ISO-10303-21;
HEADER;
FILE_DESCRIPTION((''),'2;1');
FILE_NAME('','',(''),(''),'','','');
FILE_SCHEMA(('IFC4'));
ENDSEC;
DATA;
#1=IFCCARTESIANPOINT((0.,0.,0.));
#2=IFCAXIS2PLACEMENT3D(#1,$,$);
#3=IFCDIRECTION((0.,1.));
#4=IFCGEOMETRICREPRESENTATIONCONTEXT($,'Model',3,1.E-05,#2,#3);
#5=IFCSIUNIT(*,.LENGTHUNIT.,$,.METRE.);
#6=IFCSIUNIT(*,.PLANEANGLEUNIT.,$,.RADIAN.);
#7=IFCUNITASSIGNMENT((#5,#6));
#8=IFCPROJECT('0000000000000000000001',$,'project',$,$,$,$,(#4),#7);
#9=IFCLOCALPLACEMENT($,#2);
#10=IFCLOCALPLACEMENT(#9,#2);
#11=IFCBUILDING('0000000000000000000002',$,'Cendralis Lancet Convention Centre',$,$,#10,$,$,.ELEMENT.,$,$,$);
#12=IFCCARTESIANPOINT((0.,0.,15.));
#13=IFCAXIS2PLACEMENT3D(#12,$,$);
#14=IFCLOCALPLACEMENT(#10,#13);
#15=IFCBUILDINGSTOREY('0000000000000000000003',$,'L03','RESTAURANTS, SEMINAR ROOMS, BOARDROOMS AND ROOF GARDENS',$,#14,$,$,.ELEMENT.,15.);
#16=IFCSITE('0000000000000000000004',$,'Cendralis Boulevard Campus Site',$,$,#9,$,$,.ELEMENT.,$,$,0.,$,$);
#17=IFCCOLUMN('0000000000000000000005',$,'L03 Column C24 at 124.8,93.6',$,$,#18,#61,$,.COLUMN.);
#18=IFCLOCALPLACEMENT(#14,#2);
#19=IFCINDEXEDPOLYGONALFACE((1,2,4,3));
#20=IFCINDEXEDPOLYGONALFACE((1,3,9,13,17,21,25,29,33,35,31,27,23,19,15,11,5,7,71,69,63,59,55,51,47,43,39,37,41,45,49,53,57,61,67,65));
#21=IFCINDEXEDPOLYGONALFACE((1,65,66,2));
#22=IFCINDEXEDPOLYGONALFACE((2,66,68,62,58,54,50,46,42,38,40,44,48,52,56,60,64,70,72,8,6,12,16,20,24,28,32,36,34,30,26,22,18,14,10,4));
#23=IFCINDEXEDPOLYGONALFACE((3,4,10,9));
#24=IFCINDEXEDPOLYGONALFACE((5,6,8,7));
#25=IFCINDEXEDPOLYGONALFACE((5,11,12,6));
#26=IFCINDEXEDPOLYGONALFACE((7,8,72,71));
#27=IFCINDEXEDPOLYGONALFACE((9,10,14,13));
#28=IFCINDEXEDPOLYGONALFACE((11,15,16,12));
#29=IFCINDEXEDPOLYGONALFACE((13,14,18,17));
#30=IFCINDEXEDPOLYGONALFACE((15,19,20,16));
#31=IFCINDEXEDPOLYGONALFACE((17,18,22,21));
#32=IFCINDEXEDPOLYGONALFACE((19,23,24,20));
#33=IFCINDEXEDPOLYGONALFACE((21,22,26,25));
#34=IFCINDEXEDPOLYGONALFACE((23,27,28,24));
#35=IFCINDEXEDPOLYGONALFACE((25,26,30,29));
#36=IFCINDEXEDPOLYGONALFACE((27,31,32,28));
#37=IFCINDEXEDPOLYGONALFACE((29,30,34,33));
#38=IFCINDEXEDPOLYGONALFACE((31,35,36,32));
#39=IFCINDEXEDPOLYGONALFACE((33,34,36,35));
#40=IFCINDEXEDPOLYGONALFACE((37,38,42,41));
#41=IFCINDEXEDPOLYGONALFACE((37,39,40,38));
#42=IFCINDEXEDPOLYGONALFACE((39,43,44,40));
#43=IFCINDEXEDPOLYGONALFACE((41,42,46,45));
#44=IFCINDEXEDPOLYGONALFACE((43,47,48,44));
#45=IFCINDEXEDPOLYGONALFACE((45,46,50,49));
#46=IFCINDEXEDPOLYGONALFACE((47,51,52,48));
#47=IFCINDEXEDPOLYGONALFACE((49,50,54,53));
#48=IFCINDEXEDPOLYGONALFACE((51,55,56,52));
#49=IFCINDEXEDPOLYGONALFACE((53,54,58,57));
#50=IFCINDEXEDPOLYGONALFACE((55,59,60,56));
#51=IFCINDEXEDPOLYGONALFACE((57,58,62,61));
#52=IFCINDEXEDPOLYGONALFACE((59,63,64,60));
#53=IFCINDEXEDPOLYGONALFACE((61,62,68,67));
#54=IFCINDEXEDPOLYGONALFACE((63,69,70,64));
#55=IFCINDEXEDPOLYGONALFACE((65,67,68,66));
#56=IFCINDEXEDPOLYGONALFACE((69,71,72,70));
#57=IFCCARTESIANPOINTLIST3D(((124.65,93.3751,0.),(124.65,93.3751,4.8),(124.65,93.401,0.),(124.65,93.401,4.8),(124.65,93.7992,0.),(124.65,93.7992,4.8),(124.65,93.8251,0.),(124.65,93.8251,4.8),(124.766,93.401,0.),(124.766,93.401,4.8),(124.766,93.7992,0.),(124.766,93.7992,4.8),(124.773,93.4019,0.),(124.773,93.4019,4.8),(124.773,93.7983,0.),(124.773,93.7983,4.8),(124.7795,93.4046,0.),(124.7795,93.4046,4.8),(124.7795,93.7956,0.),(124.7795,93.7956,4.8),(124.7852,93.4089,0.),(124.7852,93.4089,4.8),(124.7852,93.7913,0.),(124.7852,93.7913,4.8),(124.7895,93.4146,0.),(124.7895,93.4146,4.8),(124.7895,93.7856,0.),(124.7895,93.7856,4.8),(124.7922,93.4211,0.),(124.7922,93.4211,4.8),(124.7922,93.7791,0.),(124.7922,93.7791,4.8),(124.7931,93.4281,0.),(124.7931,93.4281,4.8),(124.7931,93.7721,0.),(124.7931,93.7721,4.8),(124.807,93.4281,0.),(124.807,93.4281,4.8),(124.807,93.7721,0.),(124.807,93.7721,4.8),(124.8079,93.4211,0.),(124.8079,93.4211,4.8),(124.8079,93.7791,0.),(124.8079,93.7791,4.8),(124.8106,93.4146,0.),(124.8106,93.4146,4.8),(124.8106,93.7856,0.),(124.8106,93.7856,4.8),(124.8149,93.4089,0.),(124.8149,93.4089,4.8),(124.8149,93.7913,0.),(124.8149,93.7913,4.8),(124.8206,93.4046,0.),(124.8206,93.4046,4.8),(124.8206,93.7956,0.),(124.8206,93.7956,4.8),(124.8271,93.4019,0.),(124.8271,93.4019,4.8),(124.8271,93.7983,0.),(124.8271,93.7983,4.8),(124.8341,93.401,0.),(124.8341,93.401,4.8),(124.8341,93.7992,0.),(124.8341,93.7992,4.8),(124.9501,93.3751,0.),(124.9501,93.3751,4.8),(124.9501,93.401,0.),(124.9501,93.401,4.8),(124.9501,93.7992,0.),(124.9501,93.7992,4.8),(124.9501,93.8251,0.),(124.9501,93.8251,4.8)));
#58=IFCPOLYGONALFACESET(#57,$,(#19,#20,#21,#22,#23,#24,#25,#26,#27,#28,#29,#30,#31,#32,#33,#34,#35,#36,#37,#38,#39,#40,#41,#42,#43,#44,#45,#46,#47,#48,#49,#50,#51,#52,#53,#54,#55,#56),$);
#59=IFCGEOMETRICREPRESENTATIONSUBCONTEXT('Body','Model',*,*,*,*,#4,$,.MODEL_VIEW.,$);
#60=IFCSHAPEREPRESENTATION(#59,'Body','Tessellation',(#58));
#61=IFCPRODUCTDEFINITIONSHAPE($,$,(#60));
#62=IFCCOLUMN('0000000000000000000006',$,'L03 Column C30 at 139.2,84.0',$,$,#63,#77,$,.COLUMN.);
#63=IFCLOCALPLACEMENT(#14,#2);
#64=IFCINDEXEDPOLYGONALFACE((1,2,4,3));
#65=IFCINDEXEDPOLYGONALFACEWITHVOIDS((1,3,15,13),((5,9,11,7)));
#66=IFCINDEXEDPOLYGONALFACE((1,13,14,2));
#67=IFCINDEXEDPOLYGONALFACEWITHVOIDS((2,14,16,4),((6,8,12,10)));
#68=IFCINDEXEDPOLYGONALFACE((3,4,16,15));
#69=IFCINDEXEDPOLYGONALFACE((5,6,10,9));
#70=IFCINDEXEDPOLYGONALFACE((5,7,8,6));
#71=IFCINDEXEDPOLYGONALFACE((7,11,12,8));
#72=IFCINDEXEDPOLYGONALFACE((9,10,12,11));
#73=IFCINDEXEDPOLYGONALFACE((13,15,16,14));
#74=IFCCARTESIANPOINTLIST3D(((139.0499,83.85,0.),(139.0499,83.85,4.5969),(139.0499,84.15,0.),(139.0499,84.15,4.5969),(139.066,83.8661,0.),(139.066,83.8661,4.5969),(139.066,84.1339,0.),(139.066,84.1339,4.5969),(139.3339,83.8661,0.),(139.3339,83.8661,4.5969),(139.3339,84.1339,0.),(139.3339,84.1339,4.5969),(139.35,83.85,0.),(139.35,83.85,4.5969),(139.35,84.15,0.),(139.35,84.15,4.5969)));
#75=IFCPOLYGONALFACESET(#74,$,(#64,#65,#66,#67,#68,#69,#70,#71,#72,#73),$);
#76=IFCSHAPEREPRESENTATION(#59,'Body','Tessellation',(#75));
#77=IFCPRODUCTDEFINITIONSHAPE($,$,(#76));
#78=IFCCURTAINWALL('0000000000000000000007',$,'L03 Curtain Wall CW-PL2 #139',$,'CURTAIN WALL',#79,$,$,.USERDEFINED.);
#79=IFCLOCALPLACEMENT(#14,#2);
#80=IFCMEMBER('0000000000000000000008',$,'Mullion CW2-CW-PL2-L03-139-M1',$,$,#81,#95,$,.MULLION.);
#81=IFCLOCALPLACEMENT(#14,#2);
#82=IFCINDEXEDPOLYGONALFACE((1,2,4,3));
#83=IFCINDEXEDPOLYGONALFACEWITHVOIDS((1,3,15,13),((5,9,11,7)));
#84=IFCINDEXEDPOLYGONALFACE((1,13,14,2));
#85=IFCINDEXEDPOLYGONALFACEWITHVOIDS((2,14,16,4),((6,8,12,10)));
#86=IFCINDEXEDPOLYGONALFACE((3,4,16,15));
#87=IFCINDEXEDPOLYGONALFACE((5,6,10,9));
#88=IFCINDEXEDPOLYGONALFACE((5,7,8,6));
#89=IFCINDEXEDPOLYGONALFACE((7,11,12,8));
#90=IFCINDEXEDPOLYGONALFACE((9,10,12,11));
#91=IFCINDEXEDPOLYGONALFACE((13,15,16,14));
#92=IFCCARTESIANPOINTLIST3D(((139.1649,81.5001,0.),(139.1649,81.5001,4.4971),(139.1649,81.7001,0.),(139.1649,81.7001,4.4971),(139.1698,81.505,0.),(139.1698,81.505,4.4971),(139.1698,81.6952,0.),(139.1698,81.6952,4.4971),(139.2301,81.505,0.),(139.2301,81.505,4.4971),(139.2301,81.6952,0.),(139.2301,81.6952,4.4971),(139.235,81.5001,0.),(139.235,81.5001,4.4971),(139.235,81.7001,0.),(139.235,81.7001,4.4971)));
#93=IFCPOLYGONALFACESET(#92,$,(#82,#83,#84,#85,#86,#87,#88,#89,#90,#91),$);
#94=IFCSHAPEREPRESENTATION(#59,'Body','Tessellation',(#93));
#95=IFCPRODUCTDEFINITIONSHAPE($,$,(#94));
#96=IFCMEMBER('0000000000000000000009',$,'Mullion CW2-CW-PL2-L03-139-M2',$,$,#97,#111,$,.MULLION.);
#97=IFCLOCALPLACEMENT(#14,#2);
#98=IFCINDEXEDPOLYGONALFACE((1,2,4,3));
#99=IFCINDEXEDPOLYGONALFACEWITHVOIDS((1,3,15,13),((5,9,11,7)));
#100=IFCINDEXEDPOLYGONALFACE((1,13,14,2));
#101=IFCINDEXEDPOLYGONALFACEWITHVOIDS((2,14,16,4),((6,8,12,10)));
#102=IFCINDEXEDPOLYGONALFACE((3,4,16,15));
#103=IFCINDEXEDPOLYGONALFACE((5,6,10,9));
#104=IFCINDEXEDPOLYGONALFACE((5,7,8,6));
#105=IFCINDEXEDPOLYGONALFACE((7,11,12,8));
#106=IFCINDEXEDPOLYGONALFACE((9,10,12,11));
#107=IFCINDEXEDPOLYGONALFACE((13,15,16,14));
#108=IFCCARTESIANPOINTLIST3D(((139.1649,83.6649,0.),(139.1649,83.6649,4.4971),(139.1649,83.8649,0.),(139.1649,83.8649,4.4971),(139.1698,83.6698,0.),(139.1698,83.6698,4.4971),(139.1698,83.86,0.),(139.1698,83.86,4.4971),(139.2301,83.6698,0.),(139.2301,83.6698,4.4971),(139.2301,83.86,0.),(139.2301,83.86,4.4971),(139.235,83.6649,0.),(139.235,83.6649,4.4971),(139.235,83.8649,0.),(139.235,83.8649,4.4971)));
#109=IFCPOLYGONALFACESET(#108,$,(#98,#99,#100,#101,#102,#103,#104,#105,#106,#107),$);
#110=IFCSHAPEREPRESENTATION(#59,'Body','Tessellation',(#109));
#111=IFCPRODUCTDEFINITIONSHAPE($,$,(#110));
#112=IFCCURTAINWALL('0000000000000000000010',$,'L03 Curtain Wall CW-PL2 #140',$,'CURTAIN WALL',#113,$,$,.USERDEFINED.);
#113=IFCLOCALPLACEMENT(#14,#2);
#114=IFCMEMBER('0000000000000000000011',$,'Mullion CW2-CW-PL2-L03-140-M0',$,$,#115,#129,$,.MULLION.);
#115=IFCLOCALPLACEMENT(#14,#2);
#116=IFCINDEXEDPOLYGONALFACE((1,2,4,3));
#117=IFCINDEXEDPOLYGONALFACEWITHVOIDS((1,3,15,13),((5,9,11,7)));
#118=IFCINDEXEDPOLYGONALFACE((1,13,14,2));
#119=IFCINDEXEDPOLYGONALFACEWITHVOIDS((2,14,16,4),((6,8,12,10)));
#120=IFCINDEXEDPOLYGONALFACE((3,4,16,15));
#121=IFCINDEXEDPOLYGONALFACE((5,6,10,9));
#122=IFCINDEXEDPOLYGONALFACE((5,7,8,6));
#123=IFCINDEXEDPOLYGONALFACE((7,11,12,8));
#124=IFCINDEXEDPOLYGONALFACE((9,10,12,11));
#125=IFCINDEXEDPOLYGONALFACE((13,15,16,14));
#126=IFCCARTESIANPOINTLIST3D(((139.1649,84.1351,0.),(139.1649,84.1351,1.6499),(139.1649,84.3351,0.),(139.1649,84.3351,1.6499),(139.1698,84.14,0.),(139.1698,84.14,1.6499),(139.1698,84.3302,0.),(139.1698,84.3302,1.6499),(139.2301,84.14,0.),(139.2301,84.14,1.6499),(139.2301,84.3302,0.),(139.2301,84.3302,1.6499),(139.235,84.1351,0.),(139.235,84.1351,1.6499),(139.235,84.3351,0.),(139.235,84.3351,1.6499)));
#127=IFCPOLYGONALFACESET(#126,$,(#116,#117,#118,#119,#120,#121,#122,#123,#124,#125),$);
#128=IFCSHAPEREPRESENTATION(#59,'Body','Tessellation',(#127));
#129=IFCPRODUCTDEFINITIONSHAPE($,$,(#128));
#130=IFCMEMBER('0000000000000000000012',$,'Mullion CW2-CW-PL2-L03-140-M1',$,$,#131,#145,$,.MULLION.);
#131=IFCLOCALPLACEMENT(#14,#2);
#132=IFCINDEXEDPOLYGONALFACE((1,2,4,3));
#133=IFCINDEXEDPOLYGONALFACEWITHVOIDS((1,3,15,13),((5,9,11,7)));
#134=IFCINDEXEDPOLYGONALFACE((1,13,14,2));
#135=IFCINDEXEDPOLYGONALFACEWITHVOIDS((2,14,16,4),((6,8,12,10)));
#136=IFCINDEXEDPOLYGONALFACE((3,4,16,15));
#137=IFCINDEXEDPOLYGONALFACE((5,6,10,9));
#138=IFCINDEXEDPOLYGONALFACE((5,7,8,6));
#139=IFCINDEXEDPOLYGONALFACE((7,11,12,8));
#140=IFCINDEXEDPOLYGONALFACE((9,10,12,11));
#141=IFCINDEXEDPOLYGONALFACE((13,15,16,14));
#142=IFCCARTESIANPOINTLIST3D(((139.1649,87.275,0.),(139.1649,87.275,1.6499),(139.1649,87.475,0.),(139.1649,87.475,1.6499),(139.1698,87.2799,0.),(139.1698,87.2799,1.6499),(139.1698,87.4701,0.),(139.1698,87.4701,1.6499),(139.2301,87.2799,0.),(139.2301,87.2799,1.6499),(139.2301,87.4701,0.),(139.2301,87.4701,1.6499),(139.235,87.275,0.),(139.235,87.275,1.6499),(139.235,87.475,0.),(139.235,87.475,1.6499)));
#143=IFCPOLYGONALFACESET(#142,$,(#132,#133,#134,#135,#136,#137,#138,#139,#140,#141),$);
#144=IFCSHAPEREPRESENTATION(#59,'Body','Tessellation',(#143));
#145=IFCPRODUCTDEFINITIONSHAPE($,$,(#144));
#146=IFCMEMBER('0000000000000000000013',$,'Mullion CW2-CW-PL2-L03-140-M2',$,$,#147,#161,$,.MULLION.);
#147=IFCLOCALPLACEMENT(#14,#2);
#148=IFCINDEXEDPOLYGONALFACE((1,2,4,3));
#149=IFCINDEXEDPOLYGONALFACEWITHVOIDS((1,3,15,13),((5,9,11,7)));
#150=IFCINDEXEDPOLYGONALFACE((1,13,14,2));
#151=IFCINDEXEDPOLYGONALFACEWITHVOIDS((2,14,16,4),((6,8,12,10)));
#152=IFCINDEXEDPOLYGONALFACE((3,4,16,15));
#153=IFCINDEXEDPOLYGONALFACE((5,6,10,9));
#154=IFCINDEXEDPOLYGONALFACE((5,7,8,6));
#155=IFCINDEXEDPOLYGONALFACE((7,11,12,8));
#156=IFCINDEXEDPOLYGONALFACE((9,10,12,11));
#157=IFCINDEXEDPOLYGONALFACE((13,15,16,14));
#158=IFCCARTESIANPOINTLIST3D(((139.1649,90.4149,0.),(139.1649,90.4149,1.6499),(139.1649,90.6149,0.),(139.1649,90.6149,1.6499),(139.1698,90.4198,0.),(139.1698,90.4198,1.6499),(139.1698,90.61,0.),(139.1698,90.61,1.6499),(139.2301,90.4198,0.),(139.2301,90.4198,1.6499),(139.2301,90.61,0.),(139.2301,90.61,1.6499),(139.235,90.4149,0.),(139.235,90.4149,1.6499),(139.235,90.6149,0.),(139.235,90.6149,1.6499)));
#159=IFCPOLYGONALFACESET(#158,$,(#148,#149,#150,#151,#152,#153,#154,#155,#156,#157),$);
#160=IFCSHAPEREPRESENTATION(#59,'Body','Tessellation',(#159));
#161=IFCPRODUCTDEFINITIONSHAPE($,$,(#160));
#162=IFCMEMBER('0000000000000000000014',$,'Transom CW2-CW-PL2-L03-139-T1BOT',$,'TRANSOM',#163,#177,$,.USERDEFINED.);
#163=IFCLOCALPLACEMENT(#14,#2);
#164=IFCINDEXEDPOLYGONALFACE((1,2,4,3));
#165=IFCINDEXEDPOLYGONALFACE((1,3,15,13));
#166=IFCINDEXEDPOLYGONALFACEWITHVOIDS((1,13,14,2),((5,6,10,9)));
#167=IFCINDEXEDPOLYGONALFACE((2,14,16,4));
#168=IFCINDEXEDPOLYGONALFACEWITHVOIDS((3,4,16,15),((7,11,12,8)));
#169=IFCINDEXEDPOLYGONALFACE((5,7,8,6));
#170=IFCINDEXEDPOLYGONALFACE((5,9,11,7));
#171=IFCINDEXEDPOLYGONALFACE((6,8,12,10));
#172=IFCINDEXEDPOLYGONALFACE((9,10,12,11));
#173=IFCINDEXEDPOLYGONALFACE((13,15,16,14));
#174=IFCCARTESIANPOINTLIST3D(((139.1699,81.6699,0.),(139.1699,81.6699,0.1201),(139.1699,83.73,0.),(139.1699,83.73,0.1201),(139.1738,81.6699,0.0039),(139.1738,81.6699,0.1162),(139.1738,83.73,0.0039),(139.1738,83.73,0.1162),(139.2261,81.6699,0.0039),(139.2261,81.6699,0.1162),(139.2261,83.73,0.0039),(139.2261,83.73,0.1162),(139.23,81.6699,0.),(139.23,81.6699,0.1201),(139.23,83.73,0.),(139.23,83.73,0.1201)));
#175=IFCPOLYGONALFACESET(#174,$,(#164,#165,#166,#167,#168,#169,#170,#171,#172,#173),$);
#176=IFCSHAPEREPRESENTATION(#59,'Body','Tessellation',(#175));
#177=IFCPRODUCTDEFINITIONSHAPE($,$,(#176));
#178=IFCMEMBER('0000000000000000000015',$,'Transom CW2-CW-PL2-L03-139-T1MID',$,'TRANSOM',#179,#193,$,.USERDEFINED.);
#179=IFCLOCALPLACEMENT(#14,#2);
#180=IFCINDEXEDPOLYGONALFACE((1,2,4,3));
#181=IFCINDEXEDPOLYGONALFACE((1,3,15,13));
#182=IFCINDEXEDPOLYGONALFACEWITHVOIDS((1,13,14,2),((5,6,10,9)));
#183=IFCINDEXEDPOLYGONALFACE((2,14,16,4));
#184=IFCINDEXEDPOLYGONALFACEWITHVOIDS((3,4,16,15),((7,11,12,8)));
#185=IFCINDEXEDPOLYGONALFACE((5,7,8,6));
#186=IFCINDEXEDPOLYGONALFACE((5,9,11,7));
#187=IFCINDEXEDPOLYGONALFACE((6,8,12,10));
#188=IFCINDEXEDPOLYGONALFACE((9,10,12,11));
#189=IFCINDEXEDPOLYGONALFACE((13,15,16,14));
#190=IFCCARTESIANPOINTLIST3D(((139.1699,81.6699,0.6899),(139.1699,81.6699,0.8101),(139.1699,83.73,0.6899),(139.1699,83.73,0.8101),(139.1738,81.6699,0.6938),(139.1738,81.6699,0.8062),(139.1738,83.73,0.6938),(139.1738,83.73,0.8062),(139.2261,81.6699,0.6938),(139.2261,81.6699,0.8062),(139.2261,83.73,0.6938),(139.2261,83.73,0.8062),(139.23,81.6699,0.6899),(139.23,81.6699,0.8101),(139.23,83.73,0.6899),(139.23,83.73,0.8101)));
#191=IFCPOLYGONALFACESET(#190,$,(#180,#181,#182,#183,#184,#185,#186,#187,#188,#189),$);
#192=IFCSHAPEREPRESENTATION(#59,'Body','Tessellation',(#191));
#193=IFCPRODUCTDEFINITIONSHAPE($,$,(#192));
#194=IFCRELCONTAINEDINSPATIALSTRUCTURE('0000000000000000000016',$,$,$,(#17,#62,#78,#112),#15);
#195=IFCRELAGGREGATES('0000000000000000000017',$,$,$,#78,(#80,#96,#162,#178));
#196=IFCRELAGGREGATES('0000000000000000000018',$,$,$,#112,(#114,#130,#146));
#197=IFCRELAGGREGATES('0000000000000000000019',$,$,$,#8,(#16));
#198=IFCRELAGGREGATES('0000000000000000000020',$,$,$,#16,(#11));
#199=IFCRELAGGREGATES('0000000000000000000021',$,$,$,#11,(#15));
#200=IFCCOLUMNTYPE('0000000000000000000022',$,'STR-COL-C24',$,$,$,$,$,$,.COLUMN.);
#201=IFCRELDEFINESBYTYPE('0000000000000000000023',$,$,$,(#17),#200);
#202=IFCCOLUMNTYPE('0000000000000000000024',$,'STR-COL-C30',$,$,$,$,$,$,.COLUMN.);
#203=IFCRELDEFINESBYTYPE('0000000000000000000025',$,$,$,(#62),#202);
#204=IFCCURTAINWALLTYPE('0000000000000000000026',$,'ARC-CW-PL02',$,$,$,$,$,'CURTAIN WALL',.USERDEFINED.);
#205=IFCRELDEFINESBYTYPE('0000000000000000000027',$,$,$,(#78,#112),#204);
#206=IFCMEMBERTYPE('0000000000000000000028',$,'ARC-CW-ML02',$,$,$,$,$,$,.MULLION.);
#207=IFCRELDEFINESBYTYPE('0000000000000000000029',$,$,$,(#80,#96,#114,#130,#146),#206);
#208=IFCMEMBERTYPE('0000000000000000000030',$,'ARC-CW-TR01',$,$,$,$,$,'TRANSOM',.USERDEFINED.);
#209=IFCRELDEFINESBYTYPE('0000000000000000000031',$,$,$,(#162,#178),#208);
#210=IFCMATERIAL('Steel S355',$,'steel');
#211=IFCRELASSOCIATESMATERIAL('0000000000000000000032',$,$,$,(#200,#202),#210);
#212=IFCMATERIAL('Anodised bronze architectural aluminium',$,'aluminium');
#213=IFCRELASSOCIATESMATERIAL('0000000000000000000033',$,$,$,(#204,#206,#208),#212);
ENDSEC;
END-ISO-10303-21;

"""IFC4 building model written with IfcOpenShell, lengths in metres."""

from ifc_helpers import new_model, si_unit, direction, frame, origin, origin_2d, place, context, subcontext, project, spatial, hollow_rectangle, i_section, extrude, material, material_profile, profile_set, type_object, element, aggregate, save


model = new_model("IFC4")

# Units and contexts
model_context = context("Model", 3, precision=1e-05, world=origin(), true_north=direction((0.0, 1.0)))
body_context = subcontext(model_context, "Body", "Model", "MODEL_VIEW")
ifc_project = project(units=[si_unit("LENGTHUNIT", "METRE"), si_unit("PLANEANGLEUNIT", "RADIAN")], contexts=[model_context])

# Site, building, storey
site_placement = place(None, origin())
site = spatial("IfcSite", under=ifc_project, at=site_placement, Name="Cendralis Boulevard Campus Site", CompositionType="ELEMENT", RefElevation=0.0)
building_placement = place(site_placement, origin())
building = spatial("IfcBuilding", under=site, at=building_placement, Name="Cendralis Lancet Convention Centre", CompositionType="ELEMENT")
storey_placement = place(building_placement, frame((0.0, 0.0, 15.0)))
storey = spatial("IfcBuildingStorey", under=building, at=storey_placement, Name="L03", Description="RESTAURANTS, SEMINAR ROOMS, BOARDROOMS AND ROOF GARDENS", CompositionType="ELEMENT", Elevation=15.0)

# Columns
ifc_material_1 = material(Name="Steel S355", Category="steel")
ifc_material_profile_1 = material_profile(ifc_material_1, i_section(OverallWidth=0.3, OverallDepth=0.45, WebThickness=0.0139, FlangeThickness=0.0259, FilletRadius=0.0271, at=origin_2d()), Name="HEB 450")
ifc_profile_set_1 = profile_set([ifc_material_profile_1], Name="Steel S355")
column_type_1 = type_object("IfcColumnType", Name="STR-COL-C24", PredefinedType="COLUMN", material=ifc_profile_set_1)
column_1_placement = place(storey_placement, frame((124.8, 93.6001, 0.0), z_axis=(0.0, 0.0, 1.0), x_axis=(1.0, 0.0, 0.0)))
element("IfcColumn", 1, at=column_1_placement, inside=storey, type_object=column_type_1, Name="L03 Column C24 at 124.8,93.6", PredefinedType="COLUMN", context=body_context, shape_type="SweptSolid", body=[
    extrude(i_section(OverallWidth=0.3, OverallDepth=0.45, WebThickness=0.0139, FlangeThickness=0.0259, FilletRadius=0.0271, at=origin_2d()), origin(), (0.0, 0.0, 1.0), 4.8),
])
ifc_material_profile_2 = material_profile(ifc_material_1, hollow_rectangle(XDim=0.3, YDim=0.3, WallThickness=0.0161, at=origin_2d()), Name="SHS 300x300x16.0")
ifc_profile_set_2 = profile_set([ifc_material_profile_2], Name="Steel S355")
column_type_2 = type_object("IfcColumnType", Name="STR-COL-C30", PredefinedType="COLUMN", material=ifc_profile_set_2)
column_2_placement = place(storey_placement, frame((139.2, 84.0, 0.0), z_axis=(0.0, 0.0, 1.0), x_axis=(1.0, 0.0, 0.0)))
element("IfcColumn", 2, at=column_2_placement, inside=storey, type_object=column_type_2, Name="L03 Column C30 at 139.2,84.0", PredefinedType="COLUMN", context=body_context, shape_type="SweptSolid", body=[
    extrude(hollow_rectangle(XDim=0.3, YDim=0.3, WallThickness=0.0161, at=origin_2d()), origin(), (0.0, 0.0, 1.0), 4.5969),
])

# Curtain walls, members
ifc_material_2 = material(Name="Anodised bronze architectural aluminium", Category="aluminium")
curtain_wall_type = type_object("IfcCurtainWallType", Name="ARC-CW-PL02", ElementType="CURTAIN WALL", PredefinedType="USERDEFINED", material=ifc_material_2)
curtain_wall_1_placement = place(storey_placement, origin())
curtain_wall_1 = element("IfcCurtainWall", 3, at=curtain_wall_1_placement, inside=storey, type_object=curtain_wall_type, Name="L03 Curtain Wall CW-PL2 #139", ObjectType="CURTAIN WALL", PredefinedType="USERDEFINED")
ifc_material_profile_3 = material_profile(ifc_material_2, hollow_rectangle(XDim=0.0701, YDim=0.2, WallThickness=0.0049, at=origin_2d()), Name="AL-MULL 70x200x5.0")
ifc_profile_set_3 = profile_set([ifc_material_profile_3], Name="Anodised bronze architectural aluminium")
member_type_1 = type_object("IfcMemberType", Name="ARC-CW-ML02", PredefinedType="MULLION", material=ifc_profile_set_3)
member_1_placement = place(storey_placement, frame((139.2, 81.6001, 0.0), z_axis=(0.0, 0.0, 1.0), x_axis=(1.0, 0.0, 0.0)))
member_1 = element("IfcMember", 4, at=member_1_placement, type_object=member_type_1, Name="Mullion CW2-CW-PL2-L03-139-M1", PredefinedType="MULLION", context=body_context, shape_type="SweptSolid", body=[
    extrude(hollow_rectangle(XDim=0.0701, YDim=0.2, WallThickness=0.0049, at=origin_2d()), origin(), (0.0, 0.0, 1.0), 4.4971),
])
member_2_placement = place(storey_placement, frame((139.2, 83.7649, 0.0), z_axis=(0.0, 0.0, 1.0), x_axis=(1.0, 0.0, 0.0)))
member_2 = element("IfcMember", 5, at=member_2_placement, type_object=member_type_1, Name="Mullion CW2-CW-PL2-L03-139-M2", PredefinedType="MULLION", context=body_context, shape_type="SweptSolid", body=[
    extrude(hollow_rectangle(XDim=0.0701, YDim=0.2, WallThickness=0.0049, at=origin_2d()), origin(), (0.0, 0.0, 1.0), 4.4971),
])
curtain_wall_2_placement = place(storey_placement, origin())
curtain_wall_2 = element("IfcCurtainWall", 6, at=curtain_wall_2_placement, inside=storey, type_object=curtain_wall_type, Name="L03 Curtain Wall CW-PL2 #140", ObjectType="CURTAIN WALL", PredefinedType="USERDEFINED")
member_3_placement = place(storey_placement, frame((139.2, 84.2351, 0.0), z_axis=(0.0, 0.0, 1.0), x_axis=(1.0, 0.0, 0.0)))
member_3 = element("IfcMember", 7, at=member_3_placement, type_object=member_type_1, Name="Mullion CW2-CW-PL2-L03-140-M0", PredefinedType="MULLION", context=body_context, shape_type="SweptSolid", body=[
    extrude(hollow_rectangle(XDim=0.0701, YDim=0.2, WallThickness=0.0049, at=origin_2d()), origin(), (0.0, 0.0, 1.0), 1.6499),
])
member_4_placement = place(storey_placement, frame((139.2, 87.375, 0.0), z_axis=(0.0, 0.0, 1.0), x_axis=(1.0, 0.0, 0.0)))
member_4 = element("IfcMember", 8, at=member_4_placement, type_object=member_type_1, Name="Mullion CW2-CW-PL2-L03-140-M1", PredefinedType="MULLION", context=body_context, shape_type="SweptSolid", body=[
    extrude(hollow_rectangle(XDim=0.0701, YDim=0.2, WallThickness=0.0049, at=origin_2d()), origin(), (0.0, 0.0, 1.0), 1.6499),
])
member_5_placement = place(storey_placement, frame((139.2, 90.5149, 0.0), z_axis=(0.0, 0.0, 1.0), x_axis=(1.0, 0.0, 0.0)))
member_5 = element("IfcMember", 9, at=member_5_placement, type_object=member_type_1, Name="Mullion CW2-CW-PL2-L03-140-M2", PredefinedType="MULLION", context=body_context, shape_type="SweptSolid", body=[
    extrude(hollow_rectangle(XDim=0.0701, YDim=0.2, WallThickness=0.0049, at=origin_2d()), origin(), (0.0, 0.0, 1.0), 1.6499),
])

# Members
ifc_material_profile_4 = material_profile(ifc_material_2, hollow_rectangle(XDim=0.0601, YDim=0.1201, WallThickness=0.0039, at=origin_2d()), Name="AL-TRAN 60x120x4.0")
ifc_profile_set_4 = profile_set([ifc_material_profile_4], Name="Anodised bronze architectural aluminium")
member_type_2 = type_object("IfcMemberType", Name="ARC-CW-TR01", ElementType="TRANSOM", PredefinedType="USERDEFINED", material=ifc_profile_set_4)
member_6_placement = place(storey_placement, frame((139.2, 81.6699, 0.0601), z_axis=(0.0, 1.0, 0.0), x_axis=(-1.0, 0.0, 0.0)))
member_6 = element("IfcMember", 10, at=member_6_placement, type_object=member_type_2, Name="Transom CW2-CW-PL2-L03-139-T1BOT", ObjectType="TRANSOM", PredefinedType="USERDEFINED", context=body_context, shape_type="SweptSolid", body=[
    extrude(hollow_rectangle(XDim=0.0601, YDim=0.1201, WallThickness=0.0039, at=origin_2d()), origin(), (0.0, 0.0, 1.0), 2.0601),
])
member_7_placement = place(storey_placement, frame((139.2, 81.6699, 0.75), z_axis=(0.0, 1.0, 0.0), x_axis=(-1.0, 0.0, 0.0)))
member_7 = element("IfcMember", 11, at=member_7_placement, type_object=member_type_2, Name="Transom CW2-CW-PL2-L03-139-T1MID", ObjectType="TRANSOM", PredefinedType="USERDEFINED", context=body_context, shape_type="SweptSolid", body=[
    extrude(hollow_rectangle(XDim=0.0601, YDim=0.1201, WallThickness=0.0039, at=origin_2d()), origin(), (0.0, 0.0, 1.0), 2.0601),
])

aggregate(curtain_wall_1, [member_1, member_2, member_6, member_7])
aggregate(curtain_wall_2, [member_3, member_4, member_5])

save(model, "model.ifc")
